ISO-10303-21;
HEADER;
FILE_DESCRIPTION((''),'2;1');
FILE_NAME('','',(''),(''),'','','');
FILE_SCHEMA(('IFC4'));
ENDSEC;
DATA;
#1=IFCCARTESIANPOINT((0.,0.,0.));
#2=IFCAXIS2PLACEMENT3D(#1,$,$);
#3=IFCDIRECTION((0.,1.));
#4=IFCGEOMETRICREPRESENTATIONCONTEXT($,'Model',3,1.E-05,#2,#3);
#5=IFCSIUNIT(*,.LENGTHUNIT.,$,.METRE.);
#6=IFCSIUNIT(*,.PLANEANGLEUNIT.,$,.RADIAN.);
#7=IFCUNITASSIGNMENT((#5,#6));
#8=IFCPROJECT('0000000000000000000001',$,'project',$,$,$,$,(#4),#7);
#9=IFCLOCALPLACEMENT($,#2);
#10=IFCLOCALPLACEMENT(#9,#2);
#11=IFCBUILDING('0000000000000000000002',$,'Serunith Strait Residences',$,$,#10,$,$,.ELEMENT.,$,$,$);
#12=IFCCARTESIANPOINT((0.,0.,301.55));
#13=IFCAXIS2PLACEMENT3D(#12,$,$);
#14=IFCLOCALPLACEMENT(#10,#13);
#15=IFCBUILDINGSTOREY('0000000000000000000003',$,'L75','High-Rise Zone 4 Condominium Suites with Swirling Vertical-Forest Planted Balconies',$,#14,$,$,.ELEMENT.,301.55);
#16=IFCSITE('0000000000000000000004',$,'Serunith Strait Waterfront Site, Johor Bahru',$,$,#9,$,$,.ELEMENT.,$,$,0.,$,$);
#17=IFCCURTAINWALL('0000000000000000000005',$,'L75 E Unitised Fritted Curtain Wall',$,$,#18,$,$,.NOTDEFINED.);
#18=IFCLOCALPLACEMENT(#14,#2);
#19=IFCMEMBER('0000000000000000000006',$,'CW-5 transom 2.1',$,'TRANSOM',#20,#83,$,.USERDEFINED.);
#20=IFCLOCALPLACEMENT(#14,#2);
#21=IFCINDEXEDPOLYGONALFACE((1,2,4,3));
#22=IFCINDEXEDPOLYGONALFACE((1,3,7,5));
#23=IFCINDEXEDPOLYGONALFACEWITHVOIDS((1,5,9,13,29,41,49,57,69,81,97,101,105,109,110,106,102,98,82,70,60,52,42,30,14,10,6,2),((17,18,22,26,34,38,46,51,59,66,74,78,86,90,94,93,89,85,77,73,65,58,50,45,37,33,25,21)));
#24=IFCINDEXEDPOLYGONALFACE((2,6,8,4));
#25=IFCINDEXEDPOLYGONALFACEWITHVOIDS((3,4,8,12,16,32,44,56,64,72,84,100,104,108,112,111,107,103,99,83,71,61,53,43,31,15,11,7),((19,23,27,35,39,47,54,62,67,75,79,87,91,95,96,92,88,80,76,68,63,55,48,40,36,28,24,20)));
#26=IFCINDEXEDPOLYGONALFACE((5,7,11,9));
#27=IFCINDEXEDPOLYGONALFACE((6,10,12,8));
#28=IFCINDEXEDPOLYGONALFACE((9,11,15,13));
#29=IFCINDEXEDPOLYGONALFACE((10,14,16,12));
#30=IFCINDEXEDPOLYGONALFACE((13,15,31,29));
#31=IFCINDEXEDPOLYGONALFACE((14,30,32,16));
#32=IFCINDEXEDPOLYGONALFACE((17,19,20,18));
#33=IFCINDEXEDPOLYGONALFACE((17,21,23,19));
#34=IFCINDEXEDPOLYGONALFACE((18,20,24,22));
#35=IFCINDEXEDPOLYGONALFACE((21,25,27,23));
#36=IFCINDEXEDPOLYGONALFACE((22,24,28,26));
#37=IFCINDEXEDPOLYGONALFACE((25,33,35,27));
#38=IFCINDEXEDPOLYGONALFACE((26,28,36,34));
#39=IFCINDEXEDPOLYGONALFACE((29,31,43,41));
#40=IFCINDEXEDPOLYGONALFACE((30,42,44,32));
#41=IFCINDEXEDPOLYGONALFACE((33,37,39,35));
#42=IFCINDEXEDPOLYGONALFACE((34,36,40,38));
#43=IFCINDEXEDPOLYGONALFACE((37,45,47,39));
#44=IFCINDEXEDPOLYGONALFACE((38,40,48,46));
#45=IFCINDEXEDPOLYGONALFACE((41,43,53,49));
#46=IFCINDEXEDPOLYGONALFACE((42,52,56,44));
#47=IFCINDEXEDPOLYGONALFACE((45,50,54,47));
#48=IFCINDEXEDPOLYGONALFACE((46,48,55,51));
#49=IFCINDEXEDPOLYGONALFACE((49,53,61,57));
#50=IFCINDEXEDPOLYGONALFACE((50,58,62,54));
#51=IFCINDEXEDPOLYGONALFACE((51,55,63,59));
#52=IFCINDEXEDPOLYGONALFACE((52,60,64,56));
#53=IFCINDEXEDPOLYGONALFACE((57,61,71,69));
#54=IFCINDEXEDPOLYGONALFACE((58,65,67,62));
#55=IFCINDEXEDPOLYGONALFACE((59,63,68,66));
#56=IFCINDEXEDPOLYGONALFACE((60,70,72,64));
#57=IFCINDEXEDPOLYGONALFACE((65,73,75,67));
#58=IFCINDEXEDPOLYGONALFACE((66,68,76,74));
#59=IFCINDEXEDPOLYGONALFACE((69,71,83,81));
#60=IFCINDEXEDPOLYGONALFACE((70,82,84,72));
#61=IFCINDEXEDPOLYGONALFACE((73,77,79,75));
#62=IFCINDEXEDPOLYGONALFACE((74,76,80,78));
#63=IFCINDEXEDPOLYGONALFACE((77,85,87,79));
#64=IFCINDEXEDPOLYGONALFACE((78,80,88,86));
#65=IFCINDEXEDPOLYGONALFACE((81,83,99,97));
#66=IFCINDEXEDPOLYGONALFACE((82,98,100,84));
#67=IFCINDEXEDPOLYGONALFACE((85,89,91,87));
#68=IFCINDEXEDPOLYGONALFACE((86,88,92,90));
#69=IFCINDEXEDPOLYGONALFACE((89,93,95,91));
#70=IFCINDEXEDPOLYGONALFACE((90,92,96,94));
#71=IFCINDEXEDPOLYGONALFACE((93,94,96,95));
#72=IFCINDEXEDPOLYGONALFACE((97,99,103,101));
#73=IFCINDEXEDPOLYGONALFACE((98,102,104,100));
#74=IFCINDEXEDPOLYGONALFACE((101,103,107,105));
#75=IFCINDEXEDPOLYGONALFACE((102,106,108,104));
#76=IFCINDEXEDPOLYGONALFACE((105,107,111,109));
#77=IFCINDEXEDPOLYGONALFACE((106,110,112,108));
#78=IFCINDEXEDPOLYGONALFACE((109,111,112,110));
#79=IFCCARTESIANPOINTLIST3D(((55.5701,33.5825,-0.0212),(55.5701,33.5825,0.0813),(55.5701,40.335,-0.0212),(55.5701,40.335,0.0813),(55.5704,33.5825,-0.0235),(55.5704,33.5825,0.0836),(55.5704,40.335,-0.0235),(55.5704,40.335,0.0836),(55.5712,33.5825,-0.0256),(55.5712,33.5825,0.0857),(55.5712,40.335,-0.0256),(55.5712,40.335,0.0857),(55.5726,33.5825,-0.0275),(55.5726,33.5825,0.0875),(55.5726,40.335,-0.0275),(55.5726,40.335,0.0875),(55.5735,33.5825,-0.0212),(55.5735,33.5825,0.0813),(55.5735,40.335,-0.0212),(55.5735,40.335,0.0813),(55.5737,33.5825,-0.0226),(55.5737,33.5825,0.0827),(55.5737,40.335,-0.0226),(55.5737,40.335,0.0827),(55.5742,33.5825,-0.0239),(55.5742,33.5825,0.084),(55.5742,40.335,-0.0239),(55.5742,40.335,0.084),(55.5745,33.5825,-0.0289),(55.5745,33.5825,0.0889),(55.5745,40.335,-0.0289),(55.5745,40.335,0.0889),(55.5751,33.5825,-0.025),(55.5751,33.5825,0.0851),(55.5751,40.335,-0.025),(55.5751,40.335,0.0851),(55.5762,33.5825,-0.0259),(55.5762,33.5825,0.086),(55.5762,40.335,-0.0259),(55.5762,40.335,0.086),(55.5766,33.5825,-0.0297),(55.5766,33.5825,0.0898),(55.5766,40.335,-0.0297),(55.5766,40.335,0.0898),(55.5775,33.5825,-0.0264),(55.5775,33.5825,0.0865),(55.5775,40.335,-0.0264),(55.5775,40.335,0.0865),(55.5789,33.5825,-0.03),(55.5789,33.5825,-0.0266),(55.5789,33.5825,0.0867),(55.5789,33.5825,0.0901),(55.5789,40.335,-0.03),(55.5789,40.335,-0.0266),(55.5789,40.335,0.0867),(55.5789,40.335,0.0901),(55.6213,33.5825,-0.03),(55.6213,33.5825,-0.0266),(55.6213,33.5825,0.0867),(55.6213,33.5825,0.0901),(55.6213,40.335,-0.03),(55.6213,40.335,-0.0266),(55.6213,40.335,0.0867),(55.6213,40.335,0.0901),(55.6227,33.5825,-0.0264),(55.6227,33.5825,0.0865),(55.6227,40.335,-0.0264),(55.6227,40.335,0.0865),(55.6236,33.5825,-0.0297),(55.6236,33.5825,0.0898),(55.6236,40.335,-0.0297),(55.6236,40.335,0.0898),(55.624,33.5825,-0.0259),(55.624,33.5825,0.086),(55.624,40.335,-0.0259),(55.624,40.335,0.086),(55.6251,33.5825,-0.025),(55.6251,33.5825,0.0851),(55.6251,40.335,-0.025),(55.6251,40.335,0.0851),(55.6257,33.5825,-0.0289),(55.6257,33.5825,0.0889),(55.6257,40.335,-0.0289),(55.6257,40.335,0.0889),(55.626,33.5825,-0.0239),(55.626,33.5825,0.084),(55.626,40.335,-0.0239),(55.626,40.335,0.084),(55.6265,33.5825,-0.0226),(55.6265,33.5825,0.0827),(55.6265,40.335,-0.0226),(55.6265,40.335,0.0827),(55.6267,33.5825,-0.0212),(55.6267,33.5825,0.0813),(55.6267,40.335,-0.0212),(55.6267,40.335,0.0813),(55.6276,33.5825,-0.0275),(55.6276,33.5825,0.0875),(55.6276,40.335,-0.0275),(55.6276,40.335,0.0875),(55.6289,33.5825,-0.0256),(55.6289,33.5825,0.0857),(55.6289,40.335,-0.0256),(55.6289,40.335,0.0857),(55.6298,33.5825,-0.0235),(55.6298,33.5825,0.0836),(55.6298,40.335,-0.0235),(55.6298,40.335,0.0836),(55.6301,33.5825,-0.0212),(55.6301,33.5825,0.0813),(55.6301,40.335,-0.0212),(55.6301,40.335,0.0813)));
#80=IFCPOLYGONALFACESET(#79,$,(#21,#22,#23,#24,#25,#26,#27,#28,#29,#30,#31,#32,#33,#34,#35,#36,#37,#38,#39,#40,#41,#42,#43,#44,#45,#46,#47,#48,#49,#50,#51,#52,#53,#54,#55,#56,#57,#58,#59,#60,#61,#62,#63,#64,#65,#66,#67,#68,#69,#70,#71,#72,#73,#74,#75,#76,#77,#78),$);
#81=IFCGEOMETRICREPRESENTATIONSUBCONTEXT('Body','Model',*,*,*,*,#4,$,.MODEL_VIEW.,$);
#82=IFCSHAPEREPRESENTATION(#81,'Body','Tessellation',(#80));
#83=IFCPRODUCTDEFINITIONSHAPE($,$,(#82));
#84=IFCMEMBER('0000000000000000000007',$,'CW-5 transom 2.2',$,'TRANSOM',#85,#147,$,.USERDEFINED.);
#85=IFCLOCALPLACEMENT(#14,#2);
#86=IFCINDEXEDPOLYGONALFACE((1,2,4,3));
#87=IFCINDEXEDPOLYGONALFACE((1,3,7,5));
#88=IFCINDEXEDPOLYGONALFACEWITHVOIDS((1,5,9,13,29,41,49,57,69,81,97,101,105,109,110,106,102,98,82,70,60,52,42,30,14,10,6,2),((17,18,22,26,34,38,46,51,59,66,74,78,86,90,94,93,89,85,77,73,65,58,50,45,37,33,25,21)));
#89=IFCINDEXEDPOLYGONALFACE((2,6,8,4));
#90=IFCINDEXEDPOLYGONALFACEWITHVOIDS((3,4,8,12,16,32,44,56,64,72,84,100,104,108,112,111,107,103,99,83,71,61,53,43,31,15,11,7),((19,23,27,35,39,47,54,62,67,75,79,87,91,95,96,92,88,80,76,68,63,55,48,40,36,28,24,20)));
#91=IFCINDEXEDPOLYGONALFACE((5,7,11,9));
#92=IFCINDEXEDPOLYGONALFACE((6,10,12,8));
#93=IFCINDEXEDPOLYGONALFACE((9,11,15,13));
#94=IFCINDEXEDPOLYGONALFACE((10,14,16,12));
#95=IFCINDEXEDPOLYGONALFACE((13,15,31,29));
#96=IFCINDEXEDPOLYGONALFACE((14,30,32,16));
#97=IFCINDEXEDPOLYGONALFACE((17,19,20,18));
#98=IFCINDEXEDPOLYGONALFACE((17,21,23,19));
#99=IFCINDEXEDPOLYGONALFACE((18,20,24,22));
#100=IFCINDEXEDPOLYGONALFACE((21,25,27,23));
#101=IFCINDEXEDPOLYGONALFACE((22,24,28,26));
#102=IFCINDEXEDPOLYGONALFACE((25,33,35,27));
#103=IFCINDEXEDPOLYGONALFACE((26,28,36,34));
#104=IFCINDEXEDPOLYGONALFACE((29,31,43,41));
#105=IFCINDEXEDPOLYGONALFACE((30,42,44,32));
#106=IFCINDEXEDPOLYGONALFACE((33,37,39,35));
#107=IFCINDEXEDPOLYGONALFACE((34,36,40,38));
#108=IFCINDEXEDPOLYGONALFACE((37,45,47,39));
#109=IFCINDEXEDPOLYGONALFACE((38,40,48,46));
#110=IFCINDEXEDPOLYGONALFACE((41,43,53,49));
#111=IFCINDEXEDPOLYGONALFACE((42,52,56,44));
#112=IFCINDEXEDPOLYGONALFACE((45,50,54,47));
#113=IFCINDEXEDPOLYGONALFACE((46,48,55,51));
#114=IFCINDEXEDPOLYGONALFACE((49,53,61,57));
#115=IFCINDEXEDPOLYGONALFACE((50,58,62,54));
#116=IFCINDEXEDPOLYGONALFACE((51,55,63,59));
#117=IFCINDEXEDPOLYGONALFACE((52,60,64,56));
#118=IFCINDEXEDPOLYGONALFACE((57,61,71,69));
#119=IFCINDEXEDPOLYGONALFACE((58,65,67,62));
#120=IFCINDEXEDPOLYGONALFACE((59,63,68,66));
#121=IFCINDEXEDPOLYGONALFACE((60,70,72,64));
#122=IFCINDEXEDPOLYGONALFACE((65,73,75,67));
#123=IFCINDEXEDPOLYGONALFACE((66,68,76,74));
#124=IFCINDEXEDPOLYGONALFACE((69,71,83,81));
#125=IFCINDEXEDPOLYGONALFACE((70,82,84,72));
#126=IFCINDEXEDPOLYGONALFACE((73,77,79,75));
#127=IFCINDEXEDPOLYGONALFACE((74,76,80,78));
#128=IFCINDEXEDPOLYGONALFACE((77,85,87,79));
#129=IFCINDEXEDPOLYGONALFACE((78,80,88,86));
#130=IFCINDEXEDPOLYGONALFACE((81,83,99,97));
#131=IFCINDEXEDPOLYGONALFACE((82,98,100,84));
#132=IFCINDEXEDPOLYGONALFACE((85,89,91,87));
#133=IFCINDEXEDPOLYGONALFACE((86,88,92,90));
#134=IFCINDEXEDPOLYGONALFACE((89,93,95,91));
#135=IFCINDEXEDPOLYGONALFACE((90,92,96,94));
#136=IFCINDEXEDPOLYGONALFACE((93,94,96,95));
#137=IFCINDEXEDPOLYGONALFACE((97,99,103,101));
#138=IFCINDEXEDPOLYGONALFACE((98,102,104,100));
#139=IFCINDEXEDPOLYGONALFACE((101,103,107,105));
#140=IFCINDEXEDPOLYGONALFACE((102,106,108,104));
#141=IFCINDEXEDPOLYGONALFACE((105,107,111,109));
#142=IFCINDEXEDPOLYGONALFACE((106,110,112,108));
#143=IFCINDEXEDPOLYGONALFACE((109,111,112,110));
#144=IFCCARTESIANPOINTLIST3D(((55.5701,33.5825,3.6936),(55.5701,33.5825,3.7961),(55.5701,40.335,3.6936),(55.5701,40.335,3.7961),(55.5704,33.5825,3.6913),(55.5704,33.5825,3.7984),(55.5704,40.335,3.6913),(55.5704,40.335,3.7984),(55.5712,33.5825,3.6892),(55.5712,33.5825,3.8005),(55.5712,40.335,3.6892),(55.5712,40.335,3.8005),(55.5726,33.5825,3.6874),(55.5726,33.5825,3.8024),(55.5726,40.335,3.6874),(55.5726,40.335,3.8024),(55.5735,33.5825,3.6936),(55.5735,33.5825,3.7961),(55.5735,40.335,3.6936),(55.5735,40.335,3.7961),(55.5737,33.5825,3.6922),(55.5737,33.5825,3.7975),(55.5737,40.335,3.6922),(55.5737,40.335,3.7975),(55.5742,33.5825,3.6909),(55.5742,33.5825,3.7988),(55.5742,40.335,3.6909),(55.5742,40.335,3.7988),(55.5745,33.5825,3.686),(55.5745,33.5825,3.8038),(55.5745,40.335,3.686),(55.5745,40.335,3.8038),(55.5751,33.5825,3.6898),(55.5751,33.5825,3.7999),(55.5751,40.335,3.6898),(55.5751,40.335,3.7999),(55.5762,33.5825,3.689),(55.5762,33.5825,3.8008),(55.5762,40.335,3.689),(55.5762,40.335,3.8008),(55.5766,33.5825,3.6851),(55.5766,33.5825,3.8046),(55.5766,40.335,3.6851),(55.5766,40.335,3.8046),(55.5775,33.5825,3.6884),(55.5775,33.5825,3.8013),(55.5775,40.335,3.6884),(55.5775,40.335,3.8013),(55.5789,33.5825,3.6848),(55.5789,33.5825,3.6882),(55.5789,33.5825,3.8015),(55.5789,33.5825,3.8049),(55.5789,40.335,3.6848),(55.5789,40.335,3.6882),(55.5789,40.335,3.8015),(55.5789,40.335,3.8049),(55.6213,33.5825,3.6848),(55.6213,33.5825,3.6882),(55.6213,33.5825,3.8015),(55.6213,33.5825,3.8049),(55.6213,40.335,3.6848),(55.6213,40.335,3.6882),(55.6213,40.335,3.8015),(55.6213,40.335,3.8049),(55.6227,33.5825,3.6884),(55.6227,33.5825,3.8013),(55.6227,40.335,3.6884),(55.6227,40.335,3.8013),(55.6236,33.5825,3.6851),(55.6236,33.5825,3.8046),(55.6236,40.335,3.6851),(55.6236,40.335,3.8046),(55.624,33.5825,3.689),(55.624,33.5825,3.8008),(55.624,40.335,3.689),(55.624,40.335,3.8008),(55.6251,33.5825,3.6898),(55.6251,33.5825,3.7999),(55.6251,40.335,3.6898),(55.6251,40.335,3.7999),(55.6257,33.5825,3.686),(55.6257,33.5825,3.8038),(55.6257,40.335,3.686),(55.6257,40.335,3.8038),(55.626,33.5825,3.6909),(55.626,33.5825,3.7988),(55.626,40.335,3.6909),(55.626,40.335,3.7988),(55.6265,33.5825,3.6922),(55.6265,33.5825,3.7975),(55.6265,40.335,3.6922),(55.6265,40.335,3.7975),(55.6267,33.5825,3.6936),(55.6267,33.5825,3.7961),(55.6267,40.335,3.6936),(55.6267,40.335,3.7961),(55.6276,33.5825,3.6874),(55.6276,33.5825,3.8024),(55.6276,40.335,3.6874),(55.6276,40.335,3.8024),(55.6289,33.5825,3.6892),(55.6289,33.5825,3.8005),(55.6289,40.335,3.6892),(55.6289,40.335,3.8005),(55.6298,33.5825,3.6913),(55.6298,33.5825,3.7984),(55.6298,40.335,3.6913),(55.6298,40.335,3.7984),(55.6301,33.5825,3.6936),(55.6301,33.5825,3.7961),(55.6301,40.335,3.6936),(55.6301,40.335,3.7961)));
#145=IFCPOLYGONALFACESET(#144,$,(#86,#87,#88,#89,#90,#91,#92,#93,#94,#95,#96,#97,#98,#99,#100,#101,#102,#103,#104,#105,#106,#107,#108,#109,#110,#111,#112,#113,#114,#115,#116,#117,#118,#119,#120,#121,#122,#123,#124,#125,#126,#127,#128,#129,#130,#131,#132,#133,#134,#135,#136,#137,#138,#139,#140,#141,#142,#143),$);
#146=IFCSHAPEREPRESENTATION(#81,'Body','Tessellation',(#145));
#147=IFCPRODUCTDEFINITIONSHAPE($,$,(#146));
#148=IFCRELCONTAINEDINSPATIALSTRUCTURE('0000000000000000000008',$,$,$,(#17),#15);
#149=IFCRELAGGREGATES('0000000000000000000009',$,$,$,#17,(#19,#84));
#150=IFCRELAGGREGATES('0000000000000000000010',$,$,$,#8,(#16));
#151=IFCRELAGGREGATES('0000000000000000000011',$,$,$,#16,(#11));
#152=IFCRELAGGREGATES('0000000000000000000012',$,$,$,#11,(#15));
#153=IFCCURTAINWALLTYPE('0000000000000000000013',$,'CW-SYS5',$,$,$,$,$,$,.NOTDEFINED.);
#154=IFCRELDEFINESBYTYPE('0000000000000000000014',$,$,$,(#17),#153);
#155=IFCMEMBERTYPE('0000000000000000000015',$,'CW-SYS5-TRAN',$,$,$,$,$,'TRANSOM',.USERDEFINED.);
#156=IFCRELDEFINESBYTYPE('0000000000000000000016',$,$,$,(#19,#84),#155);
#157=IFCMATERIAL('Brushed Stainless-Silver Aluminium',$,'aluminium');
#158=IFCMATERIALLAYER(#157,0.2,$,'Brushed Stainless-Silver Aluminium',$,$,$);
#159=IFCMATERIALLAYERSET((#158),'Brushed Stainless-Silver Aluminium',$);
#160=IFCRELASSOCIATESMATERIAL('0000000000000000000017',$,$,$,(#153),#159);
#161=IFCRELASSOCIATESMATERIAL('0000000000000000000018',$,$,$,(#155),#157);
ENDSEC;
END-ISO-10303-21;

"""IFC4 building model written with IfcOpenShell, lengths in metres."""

from ifc_helpers import new_model, si_unit, direction, frame, origin, origin_2d, place, context, subcontext, project, spatial, hollow_rectangle, extrude, source, transform, mapped, material, layer, layer_set, material_profile, profile_set, type_object, element, aggregate, save


model = new_model("IFC4")

# Units and contexts
model_context = context("Model", 3, precision=1e-05, world=origin(), true_north=direction((0.0, 1.0)))
body_context = subcontext(model_context, "Body", "Model", "MODEL_VIEW")
ifc_project = project(units=[si_unit("LENGTHUNIT", "METRE"), si_unit("PLANEANGLEUNIT", "RADIAN")], contexts=[model_context])

# Site, building, storey
site_placement = place(None, origin())
site = spatial("IfcSite", under=ifc_project, at=site_placement, Name="Serunith Strait Waterfront Site, Johor Bahru", CompositionType="ELEMENT", RefElevation=0.0)
building_placement = place(site_placement, origin())
building = spatial("IfcBuilding", under=site, at=building_placement, Name="Serunith Strait Residences", CompositionType="ELEMENT")
storey_placement = place(building_placement, frame((0.0, 0.0, 301.55)))
storey = spatial("IfcBuildingStorey", under=building, at=storey_placement, Name="L75", Description="High-Rise Zone 4 Condominium Suites with Swirling Vertical-Forest Planted Balconies", CompositionType="ELEMENT", Elevation=301.55)

# Curtain wall, members
ifc_material_1 = material(Name="Brushed Stainless-Silver Aluminium", Category="aluminium")
ifc_layer_1 = layer(ifc_material_1, 0.2, Name="Brushed Stainless-Silver Aluminium")
ifc_layer_set_1 = layer_set([ifc_layer_1], Name="Brushed Stainless-Silver Aluminium")
curtain_wall_type = type_object("IfcCurtainWallType", Name="CW-SYS5", PredefinedType="NOTDEFINED", material=ifc_layer_set_1)
curtain_wall_placement = place(storey_placement, origin())
curtain_wall = element("IfcCurtainWall", 1, at=curtain_wall_placement, inside=storey, type_object=curtain_wall_type, Name="L75 E Unitised Fritted Curtain Wall", PredefinedType="NOTDEFINED")
ifc_material_profile_1 = material_profile(ifc_material_1, hollow_rectangle(XDim=0.0601, YDim=0.1201, WallThickness=0.0034, InnerFilletRadius=0.0054, OuterFilletRadius=0.0088, at=origin_2d()), Name="ALU 120x60x3.5")
ifc_profile_set_1 = profile_set([ifc_material_profile_1], Name="Brushed Stainless-Silver Aluminium")
member_type_1 = type_object("IfcMemberType", Name="CW-SYS5-TRAN", ElementType="TRANSOM", PredefinedType="USERDEFINED", material=ifc_profile_set_1)
shared_shape_1 = source(origin(), body_context, "Body", "SweptSolid", [
    extrude(hollow_rectangle(XDim=0.0601, YDim=0.1201, WallThickness=0.0034, InnerFilletRadius=0.0054, OuterFilletRadius=0.0088, at=origin_2d()), origin(), (0.0, 0.0, 1.0), 6.7524),
])
member_1_placement = place(storey_placement, frame((55.6001, 33.5825, 0.03), z_axis=(0.0, 1.0, 0.0), x_axis=(-1.0, 0.0, 0.0)))
member_1 = element("IfcMember", 2, at=member_1_placement, type_object=member_type_1, Name="CW-5 transom 2.1", ObjectType="TRANSOM", PredefinedType="USERDEFINED", context=body_context, shape_type="MappedRepresentation", body=[
    mapped(shared_shape_1, transform((0.0, 0.0, 0.0), scale=1.0)),
])
member_2_placement = place(storey_placement, frame((55.6001, 33.5825, 3.7449), z_axis=(0.0, 1.0, 0.0), x_axis=(-1.0, 0.0, 0.0)))
member_2 = element("IfcMember", 3, at=member_2_placement, type_object=member_type_1, Name="CW-5 transom 2.2", ObjectType="TRANSOM", PredefinedType="USERDEFINED", context=body_context, shape_type="MappedRepresentation", body=[
    mapped(shared_shape_1, transform((0.0, 0.0, 0.0), scale=1.0)),
])
aggregate(curtain_wall, [member_1, member_2])

save(model, "model.ifc")
